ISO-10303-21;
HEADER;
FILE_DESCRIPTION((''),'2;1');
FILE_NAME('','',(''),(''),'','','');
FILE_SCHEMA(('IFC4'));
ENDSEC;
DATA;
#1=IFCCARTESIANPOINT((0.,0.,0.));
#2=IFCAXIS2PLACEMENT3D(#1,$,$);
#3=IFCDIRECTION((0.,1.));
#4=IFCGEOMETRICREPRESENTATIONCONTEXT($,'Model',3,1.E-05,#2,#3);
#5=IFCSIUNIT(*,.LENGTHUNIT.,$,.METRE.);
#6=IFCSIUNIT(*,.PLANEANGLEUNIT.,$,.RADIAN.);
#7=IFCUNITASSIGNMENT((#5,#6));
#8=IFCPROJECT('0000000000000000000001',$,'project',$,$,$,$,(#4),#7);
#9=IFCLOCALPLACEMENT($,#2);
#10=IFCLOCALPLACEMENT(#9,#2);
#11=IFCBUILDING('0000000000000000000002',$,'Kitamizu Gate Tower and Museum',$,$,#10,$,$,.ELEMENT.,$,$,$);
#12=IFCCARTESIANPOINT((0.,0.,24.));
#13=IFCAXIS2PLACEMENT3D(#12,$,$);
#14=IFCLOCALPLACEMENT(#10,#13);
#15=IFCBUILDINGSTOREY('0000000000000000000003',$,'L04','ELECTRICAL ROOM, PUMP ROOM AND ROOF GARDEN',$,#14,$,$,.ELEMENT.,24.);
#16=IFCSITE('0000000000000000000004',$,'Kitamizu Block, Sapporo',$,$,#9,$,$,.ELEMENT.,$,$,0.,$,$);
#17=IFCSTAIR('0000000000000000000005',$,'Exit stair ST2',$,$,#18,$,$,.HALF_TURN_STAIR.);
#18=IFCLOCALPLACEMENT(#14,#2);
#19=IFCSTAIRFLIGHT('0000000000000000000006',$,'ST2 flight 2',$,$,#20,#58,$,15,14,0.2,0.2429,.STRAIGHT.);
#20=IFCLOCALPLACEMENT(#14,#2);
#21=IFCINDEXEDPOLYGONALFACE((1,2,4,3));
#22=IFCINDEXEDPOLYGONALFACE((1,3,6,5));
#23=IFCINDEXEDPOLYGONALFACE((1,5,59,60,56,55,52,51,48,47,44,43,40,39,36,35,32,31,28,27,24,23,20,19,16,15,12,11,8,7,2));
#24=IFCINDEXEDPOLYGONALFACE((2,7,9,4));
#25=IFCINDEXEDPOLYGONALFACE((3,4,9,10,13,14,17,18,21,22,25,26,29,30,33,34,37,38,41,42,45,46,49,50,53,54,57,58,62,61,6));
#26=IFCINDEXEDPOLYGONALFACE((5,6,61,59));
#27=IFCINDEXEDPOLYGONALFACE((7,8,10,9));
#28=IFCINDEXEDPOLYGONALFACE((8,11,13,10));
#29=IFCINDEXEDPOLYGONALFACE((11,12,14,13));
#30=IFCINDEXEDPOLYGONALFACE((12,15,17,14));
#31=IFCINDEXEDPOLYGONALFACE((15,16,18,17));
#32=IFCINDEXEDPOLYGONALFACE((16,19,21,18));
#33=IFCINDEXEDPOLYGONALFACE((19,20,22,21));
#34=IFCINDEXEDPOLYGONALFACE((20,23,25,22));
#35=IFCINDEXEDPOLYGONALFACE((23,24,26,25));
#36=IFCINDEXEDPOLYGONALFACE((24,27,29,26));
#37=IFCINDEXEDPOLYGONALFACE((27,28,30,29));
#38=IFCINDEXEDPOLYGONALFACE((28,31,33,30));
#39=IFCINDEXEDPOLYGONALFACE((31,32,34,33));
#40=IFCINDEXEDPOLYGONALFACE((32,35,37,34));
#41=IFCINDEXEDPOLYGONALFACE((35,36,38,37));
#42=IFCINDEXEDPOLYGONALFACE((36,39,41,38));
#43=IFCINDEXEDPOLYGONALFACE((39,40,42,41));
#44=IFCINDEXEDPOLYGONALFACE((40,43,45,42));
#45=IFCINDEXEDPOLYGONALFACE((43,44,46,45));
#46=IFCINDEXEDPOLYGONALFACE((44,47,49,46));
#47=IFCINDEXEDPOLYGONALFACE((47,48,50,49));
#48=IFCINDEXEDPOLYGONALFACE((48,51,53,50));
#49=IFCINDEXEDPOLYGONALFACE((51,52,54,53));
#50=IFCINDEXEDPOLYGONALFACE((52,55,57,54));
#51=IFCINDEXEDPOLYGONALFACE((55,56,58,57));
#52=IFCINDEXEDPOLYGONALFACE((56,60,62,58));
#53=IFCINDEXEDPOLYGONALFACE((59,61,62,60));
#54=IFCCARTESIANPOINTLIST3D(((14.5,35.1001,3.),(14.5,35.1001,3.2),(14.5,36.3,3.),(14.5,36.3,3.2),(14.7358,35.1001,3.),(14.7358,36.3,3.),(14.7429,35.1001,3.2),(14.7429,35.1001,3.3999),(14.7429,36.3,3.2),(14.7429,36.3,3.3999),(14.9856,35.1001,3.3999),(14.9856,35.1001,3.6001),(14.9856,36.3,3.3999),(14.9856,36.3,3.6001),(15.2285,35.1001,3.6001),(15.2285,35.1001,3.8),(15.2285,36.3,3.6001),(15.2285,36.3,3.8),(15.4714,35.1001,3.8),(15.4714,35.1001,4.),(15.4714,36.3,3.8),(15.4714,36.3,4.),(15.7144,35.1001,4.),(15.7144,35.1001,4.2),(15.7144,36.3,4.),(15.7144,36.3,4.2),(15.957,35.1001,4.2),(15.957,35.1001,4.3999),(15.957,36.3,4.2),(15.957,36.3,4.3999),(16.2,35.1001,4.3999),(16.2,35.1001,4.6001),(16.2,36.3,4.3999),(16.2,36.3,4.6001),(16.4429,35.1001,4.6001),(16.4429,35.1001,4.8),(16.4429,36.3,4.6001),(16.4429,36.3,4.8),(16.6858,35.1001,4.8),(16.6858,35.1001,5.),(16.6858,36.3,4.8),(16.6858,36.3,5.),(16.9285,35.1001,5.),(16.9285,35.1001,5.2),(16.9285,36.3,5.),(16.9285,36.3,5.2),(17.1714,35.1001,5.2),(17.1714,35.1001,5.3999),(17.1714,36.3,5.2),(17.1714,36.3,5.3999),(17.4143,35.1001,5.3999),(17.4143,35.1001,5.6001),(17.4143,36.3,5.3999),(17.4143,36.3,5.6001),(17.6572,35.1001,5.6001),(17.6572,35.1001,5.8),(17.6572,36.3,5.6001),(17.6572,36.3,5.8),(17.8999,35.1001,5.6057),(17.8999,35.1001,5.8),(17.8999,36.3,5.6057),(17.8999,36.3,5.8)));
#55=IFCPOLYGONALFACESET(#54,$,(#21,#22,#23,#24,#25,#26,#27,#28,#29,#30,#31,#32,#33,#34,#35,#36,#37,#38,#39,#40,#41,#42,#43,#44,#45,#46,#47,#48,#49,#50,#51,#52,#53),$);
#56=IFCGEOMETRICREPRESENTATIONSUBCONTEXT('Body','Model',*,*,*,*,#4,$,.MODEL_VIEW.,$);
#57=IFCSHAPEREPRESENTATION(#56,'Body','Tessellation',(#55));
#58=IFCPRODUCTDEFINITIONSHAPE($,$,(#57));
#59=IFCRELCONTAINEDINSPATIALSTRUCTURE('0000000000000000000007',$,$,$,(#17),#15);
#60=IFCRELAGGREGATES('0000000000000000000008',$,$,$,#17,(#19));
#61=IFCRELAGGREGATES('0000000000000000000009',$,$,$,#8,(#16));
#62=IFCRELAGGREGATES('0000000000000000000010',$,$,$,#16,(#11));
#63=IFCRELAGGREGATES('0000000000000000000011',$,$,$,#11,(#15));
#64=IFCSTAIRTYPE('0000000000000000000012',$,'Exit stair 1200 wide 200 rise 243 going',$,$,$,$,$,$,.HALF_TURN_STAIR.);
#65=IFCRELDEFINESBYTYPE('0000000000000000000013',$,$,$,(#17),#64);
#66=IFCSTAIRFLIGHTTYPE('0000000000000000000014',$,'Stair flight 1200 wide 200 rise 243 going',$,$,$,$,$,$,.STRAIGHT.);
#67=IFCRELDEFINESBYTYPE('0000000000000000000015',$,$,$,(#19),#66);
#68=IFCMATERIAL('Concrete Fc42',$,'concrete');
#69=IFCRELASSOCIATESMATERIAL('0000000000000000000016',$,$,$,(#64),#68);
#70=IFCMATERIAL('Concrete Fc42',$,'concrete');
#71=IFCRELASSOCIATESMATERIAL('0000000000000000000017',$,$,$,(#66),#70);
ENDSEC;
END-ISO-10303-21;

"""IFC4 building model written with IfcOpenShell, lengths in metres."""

from ifc_helpers import new_model, si_unit, direction, frame, origin, place, context, subcontext, project, spatial, polyline, outline, extrude, material, type_object, element, aggregate, save


model = new_model("IFC4")

# Units and contexts
model_context = context("Model", 3, precision=1e-05, world=origin(), true_north=direction((0.0, 1.0)))
body_context = subcontext(model_context, "Body", "Model", "MODEL_VIEW")
ifc_project = project(units=[si_unit("LENGTHUNIT", "METRE"), si_unit("PLANEANGLEUNIT", "RADIAN")], contexts=[model_context])

# Site, building, storey
site_placement = place(None, origin())
site = spatial("IfcSite", under=ifc_project, at=site_placement, Name="Kitamizu Block, Sapporo", CompositionType="ELEMENT", RefElevation=0.0)
building_placement = place(site_placement, origin())
building = spatial("IfcBuilding", under=site, at=building_placement, Name="Kitamizu Gate Tower and Museum", CompositionType="ELEMENT")
storey_placement = place(building_placement, frame((0.0, 0.0, 24.0)))
storey = spatial("IfcBuildingStorey", under=building, at=storey_placement, Name="L04", Description="ELECTRICAL ROOM, PUMP ROOM AND ROOF GARDEN", CompositionType="ELEMENT", Elevation=24.0)

# Stair, stair flight
ifc_material_1 = material(Name="Concrete Fc42", Category="concrete")
stair_type = type_object("IfcStairType", Name="Exit stair 1200 wide 200 rise 243 going", PredefinedType="HALF_TURN_STAIR", material=ifc_material_1)
stair_placement = place(storey_placement, origin())
stair = element("IfcStair", 1, at=stair_placement, inside=storey, type_object=stair_type, Name="Exit stair ST2", PredefinedType="HALF_TURN_STAIR")
ifc_material_2 = material(Name="Concrete Fc42", Category="concrete")
stair_flight_type = type_object("IfcStairFlightType", Name="Stair flight 1200 wide 200 rise 243 going", PredefinedType="STRAIGHT", material=ifc_material_2)
stair_flight_1_placement = place(storey_placement, frame((14.5, 35.7, 3.0), z_axis=(0.0, 0.0, 1.0), x_axis=(1.0, 0.0, 0.0)))
stair_flight_1 = element("IfcStairFlight", 2, at=stair_flight_1_placement, type_object=stair_flight_type, Name="ST2 flight 2", NumberOfRisers=15, NumberOfTreads=14, PredefinedType="STRAIGHT", RiserHeight=0.2, TreadLength=0.2429, context=body_context, shape_type="SweptSolid", body=[
    extrude(outline(polyline([(0.0, 0.0), (0.0, 0.2), (0.2429, 0.2), (0.2429, 0.3999), (0.4856, 0.3999), (0.4856, 0.6001), (0.7285, 0.6001), (0.7285, 0.8), (0.9714, 0.8), (0.9714, 1.0), (1.2144, 1.0), (1.2144, 1.2), (1.457, 1.2), (1.457, 1.3999), (1.7, 1.3999), (1.7, 1.6001), (1.9429, 1.6001), (1.9429, 1.8), (2.1858, 1.8), (2.1858, 2.0), (2.4285, 2.0), (2.4285, 2.2), (2.6714, 2.2), (2.6714, 2.3999), (2.9143, 2.3999), (2.9143, 2.6001), (3.1572, 2.6001), (3.1572, 2.8), (3.3999, 2.8), (3.3999, 3.0), (3.3999, 2.6057), (0.2358, 0.0), (0.0, 0.0)])), frame((0.0, 0.6001, 0.0), z_axis=(0.0, -1.0, 0.0), x_axis=(1.0, 0.0, 0.0)), (0.0, 0.0, 1.0), 1.2),
])
aggregate(stair, [stair_flight_1])

save(model, "model.ifc")
